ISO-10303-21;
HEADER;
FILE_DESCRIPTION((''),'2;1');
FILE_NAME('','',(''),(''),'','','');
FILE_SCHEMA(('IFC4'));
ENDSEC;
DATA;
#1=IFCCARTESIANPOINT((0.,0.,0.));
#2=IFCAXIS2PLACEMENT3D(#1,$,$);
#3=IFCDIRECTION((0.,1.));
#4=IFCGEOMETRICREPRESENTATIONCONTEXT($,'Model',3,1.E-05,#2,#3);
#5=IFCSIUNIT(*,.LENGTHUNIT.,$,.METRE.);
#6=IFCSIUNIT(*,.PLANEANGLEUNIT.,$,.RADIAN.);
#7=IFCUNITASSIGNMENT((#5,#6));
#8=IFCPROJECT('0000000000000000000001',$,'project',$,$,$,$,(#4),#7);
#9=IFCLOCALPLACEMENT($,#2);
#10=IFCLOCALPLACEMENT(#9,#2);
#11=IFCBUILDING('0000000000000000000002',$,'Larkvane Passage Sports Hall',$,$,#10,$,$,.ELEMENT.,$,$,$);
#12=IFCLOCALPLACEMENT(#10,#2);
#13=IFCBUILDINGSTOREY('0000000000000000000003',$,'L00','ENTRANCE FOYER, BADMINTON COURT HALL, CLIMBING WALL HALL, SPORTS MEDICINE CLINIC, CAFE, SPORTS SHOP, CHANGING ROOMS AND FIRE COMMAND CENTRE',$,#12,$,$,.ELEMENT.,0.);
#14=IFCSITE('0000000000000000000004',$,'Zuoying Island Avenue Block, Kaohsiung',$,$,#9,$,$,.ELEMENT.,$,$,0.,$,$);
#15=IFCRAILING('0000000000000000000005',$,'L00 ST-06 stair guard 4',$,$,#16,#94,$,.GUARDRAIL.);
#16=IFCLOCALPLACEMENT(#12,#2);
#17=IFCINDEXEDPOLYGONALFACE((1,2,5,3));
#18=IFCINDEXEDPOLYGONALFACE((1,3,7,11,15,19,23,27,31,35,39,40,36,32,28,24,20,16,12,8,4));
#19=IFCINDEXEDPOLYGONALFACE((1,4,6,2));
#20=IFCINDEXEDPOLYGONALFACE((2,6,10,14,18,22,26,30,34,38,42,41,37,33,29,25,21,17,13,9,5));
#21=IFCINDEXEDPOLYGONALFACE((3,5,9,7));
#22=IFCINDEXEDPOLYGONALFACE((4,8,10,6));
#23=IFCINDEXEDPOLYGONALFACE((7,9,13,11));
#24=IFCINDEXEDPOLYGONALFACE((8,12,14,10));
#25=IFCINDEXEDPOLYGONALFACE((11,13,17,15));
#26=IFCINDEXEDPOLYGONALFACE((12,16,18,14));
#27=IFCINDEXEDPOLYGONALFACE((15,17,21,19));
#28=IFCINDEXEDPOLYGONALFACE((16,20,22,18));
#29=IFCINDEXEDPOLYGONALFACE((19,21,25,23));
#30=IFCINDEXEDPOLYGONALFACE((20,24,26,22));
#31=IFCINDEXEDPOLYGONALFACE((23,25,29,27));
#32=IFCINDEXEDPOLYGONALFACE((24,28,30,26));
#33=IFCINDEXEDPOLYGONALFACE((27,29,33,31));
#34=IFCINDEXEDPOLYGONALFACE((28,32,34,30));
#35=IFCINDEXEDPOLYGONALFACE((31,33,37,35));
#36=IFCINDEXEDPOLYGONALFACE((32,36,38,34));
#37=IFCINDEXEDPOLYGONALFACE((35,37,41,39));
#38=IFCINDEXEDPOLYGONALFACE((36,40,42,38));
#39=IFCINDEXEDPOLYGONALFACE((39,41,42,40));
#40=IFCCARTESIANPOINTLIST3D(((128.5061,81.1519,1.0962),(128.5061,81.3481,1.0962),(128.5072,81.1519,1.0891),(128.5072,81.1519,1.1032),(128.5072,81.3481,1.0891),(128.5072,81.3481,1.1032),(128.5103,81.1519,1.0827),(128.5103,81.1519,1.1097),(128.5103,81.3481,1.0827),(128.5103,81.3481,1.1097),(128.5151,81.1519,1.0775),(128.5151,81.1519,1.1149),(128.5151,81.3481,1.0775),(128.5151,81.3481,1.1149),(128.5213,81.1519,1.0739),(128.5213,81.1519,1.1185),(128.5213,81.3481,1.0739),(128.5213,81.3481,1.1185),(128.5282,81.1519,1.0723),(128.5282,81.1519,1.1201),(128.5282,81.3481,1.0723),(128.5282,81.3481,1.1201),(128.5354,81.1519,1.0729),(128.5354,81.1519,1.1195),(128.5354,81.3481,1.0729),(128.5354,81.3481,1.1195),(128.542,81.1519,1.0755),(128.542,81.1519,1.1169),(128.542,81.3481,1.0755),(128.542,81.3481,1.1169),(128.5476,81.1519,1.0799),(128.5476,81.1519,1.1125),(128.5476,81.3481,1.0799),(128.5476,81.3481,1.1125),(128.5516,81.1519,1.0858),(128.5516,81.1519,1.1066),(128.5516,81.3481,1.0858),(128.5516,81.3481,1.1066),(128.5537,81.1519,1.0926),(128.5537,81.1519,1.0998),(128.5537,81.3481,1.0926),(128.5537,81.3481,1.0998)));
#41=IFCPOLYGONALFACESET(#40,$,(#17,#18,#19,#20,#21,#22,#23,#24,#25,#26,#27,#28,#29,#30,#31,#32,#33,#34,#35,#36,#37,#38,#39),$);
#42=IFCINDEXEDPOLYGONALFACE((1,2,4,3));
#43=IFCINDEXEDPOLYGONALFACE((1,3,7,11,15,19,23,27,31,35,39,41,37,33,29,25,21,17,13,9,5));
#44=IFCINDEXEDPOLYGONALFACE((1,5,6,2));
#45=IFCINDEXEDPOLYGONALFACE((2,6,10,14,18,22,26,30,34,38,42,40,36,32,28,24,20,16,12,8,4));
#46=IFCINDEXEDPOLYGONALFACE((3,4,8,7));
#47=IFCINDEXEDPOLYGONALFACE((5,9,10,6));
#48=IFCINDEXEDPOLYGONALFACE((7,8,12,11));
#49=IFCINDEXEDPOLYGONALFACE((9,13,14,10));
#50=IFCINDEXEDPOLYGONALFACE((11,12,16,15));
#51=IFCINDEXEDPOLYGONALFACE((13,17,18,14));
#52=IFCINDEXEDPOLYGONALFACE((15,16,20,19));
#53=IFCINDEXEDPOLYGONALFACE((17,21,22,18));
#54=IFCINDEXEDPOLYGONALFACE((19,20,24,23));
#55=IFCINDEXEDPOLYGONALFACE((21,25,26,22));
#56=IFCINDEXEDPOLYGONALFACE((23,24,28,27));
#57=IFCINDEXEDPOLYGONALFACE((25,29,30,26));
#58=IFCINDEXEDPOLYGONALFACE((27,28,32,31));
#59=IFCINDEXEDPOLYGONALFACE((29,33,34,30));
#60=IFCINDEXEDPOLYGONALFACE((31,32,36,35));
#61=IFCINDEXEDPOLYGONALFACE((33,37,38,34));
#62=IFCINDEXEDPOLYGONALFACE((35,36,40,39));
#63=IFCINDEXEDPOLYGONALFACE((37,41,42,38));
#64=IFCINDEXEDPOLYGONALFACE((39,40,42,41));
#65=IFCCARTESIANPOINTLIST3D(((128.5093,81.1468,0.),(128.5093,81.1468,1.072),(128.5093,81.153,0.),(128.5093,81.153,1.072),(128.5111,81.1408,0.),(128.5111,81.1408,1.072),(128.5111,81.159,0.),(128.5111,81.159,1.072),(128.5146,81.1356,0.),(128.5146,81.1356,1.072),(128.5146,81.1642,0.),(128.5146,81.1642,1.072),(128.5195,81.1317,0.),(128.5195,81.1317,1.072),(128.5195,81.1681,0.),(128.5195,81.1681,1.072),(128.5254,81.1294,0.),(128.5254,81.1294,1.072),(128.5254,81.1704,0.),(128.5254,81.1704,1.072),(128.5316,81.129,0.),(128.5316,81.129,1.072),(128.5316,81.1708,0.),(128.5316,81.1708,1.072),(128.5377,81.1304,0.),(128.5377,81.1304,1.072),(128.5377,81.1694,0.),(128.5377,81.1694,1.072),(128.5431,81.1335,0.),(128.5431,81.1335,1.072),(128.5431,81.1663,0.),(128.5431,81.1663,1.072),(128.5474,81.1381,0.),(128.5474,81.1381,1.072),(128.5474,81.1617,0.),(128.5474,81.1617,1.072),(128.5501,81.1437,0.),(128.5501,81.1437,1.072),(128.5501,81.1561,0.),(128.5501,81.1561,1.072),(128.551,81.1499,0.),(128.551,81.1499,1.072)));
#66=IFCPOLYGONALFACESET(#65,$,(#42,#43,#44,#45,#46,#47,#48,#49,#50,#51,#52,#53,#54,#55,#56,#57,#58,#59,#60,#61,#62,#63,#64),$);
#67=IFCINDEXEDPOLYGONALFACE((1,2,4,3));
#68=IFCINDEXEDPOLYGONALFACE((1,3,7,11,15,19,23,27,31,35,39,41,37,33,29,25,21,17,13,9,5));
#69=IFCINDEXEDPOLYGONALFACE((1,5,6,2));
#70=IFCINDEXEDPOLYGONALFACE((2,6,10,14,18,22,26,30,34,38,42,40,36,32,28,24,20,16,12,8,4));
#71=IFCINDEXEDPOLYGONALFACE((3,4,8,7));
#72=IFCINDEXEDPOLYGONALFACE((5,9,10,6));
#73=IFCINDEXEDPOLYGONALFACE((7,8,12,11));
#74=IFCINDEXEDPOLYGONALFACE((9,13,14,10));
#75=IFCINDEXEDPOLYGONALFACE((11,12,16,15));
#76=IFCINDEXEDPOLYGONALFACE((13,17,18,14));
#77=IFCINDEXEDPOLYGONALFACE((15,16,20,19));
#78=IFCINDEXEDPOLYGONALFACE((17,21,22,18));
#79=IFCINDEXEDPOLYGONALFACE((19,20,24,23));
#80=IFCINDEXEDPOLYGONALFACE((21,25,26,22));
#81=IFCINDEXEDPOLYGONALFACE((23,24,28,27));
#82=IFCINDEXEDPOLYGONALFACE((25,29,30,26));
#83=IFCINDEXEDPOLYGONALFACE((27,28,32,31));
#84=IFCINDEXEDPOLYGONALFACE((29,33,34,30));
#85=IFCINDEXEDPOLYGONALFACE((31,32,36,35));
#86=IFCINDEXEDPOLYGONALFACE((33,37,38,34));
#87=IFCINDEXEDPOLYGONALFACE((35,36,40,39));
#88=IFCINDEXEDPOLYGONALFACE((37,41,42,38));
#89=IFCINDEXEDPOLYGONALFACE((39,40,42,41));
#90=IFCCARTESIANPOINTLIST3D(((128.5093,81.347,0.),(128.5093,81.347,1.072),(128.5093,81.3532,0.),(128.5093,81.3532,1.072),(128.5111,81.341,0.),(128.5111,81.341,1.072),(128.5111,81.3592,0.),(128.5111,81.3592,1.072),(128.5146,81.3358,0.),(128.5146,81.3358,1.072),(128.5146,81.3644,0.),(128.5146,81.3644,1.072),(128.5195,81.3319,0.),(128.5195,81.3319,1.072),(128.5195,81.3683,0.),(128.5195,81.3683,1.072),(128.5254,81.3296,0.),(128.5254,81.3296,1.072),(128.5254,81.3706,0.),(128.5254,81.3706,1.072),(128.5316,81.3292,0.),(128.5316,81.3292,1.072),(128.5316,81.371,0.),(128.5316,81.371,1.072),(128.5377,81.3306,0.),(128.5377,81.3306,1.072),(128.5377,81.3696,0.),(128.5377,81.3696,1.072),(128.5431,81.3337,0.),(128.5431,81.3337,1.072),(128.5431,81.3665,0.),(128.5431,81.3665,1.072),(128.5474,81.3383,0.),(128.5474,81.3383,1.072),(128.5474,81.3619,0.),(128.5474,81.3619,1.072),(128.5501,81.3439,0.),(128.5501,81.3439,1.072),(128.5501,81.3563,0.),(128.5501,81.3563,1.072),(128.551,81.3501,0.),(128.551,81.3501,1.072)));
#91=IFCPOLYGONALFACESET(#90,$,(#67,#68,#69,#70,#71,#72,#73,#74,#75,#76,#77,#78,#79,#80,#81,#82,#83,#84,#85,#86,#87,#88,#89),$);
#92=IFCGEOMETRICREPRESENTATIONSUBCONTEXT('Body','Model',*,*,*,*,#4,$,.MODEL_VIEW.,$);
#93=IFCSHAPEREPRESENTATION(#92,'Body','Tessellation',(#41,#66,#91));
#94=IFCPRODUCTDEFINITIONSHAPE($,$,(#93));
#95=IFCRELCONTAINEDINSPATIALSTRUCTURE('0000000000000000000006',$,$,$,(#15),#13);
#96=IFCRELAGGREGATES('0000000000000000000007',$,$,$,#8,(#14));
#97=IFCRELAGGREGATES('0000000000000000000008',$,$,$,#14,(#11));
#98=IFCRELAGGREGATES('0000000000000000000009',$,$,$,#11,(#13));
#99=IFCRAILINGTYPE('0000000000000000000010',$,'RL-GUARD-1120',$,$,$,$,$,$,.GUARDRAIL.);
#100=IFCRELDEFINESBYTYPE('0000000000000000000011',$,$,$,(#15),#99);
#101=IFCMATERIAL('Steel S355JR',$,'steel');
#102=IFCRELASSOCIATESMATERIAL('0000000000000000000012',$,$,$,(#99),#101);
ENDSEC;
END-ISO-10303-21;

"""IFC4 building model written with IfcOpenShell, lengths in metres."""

from ifc_helpers import new_model, si_unit, direction, frame, origin, origin_2d, place, context, subcontext, project, spatial, circle, extrude, material, type_object, element, save


model = new_model("IFC4")

# Units and contexts
model_context = context("Model", 3, precision=1e-05, world=origin(), true_north=direction((0.0, 1.0)))
body_context = subcontext(model_context, "Body", "Model", "MODEL_VIEW")
ifc_project = project(units=[si_unit("LENGTHUNIT", "METRE"), si_unit("PLANEANGLEUNIT", "RADIAN")], contexts=[model_context])

# Site, building, storey
site_placement = place(None, origin())
site = spatial("IfcSite", under=ifc_project, at=site_placement, Name="Zuoying Island Avenue Block, Kaohsiung", CompositionType="ELEMENT", RefElevation=0.0)
building_placement = place(site_placement, origin())
building = spatial("IfcBuilding", under=site, at=building_placement, Name="Larkvane Passage Sports Hall", CompositionType="ELEMENT")
storey_placement = place(building_placement, origin())
storey = spatial("IfcBuildingStorey", under=building, at=storey_placement, Name="L00", Description="ENTRANCE FOYER, BADMINTON COURT HALL, CLIMBING WALL HALL, SPORTS MEDICINE CLINIC, CAFE, SPORTS SHOP, CHANGING ROOMS AND FIRE COMMAND CENTRE", CompositionType="ELEMENT", Elevation=0.0)

# Shared definitions
ifc_material_1 = material(Name="Steel S355JR", Category="steel")

# Railing
railing_type_1 = type_object("IfcRailingType", Name="RL-GUARD-1120", PredefinedType="GUARDRAIL", material=ifc_material_1)
railing_1_placement = place(storey_placement, frame((128.53, 81.1499, 0.0)))
element("IfcRailing", 1, at=railing_1_placement, inside=storey, type_object=railing_type_1, Name="L00 ST-06 stair guard 4", PredefinedType="GUARDRAIL", context=body_context, shape_type="SweptSolid", body=[
    extrude(circle(Radius=0.0239, at=origin_2d()), frame((0.0, 0.002, 1.0962), z_axis=(0.0, 1.0, 0.0), x_axis=(-1.0, 0.0, 0.0)), (0.0, 0.0, 1.0), 0.1963),
    extrude(circle(Radius=0.021, at=origin_2d()), origin(), (0.0, 0.0, 1.0), 1.072),
    extrude(circle(Radius=0.021, at=origin_2d()), frame((0.0, 0.2002, 0.0)), (0.0, 0.0, 1.0), 1.072),
])

save(model, "model.ifc")
